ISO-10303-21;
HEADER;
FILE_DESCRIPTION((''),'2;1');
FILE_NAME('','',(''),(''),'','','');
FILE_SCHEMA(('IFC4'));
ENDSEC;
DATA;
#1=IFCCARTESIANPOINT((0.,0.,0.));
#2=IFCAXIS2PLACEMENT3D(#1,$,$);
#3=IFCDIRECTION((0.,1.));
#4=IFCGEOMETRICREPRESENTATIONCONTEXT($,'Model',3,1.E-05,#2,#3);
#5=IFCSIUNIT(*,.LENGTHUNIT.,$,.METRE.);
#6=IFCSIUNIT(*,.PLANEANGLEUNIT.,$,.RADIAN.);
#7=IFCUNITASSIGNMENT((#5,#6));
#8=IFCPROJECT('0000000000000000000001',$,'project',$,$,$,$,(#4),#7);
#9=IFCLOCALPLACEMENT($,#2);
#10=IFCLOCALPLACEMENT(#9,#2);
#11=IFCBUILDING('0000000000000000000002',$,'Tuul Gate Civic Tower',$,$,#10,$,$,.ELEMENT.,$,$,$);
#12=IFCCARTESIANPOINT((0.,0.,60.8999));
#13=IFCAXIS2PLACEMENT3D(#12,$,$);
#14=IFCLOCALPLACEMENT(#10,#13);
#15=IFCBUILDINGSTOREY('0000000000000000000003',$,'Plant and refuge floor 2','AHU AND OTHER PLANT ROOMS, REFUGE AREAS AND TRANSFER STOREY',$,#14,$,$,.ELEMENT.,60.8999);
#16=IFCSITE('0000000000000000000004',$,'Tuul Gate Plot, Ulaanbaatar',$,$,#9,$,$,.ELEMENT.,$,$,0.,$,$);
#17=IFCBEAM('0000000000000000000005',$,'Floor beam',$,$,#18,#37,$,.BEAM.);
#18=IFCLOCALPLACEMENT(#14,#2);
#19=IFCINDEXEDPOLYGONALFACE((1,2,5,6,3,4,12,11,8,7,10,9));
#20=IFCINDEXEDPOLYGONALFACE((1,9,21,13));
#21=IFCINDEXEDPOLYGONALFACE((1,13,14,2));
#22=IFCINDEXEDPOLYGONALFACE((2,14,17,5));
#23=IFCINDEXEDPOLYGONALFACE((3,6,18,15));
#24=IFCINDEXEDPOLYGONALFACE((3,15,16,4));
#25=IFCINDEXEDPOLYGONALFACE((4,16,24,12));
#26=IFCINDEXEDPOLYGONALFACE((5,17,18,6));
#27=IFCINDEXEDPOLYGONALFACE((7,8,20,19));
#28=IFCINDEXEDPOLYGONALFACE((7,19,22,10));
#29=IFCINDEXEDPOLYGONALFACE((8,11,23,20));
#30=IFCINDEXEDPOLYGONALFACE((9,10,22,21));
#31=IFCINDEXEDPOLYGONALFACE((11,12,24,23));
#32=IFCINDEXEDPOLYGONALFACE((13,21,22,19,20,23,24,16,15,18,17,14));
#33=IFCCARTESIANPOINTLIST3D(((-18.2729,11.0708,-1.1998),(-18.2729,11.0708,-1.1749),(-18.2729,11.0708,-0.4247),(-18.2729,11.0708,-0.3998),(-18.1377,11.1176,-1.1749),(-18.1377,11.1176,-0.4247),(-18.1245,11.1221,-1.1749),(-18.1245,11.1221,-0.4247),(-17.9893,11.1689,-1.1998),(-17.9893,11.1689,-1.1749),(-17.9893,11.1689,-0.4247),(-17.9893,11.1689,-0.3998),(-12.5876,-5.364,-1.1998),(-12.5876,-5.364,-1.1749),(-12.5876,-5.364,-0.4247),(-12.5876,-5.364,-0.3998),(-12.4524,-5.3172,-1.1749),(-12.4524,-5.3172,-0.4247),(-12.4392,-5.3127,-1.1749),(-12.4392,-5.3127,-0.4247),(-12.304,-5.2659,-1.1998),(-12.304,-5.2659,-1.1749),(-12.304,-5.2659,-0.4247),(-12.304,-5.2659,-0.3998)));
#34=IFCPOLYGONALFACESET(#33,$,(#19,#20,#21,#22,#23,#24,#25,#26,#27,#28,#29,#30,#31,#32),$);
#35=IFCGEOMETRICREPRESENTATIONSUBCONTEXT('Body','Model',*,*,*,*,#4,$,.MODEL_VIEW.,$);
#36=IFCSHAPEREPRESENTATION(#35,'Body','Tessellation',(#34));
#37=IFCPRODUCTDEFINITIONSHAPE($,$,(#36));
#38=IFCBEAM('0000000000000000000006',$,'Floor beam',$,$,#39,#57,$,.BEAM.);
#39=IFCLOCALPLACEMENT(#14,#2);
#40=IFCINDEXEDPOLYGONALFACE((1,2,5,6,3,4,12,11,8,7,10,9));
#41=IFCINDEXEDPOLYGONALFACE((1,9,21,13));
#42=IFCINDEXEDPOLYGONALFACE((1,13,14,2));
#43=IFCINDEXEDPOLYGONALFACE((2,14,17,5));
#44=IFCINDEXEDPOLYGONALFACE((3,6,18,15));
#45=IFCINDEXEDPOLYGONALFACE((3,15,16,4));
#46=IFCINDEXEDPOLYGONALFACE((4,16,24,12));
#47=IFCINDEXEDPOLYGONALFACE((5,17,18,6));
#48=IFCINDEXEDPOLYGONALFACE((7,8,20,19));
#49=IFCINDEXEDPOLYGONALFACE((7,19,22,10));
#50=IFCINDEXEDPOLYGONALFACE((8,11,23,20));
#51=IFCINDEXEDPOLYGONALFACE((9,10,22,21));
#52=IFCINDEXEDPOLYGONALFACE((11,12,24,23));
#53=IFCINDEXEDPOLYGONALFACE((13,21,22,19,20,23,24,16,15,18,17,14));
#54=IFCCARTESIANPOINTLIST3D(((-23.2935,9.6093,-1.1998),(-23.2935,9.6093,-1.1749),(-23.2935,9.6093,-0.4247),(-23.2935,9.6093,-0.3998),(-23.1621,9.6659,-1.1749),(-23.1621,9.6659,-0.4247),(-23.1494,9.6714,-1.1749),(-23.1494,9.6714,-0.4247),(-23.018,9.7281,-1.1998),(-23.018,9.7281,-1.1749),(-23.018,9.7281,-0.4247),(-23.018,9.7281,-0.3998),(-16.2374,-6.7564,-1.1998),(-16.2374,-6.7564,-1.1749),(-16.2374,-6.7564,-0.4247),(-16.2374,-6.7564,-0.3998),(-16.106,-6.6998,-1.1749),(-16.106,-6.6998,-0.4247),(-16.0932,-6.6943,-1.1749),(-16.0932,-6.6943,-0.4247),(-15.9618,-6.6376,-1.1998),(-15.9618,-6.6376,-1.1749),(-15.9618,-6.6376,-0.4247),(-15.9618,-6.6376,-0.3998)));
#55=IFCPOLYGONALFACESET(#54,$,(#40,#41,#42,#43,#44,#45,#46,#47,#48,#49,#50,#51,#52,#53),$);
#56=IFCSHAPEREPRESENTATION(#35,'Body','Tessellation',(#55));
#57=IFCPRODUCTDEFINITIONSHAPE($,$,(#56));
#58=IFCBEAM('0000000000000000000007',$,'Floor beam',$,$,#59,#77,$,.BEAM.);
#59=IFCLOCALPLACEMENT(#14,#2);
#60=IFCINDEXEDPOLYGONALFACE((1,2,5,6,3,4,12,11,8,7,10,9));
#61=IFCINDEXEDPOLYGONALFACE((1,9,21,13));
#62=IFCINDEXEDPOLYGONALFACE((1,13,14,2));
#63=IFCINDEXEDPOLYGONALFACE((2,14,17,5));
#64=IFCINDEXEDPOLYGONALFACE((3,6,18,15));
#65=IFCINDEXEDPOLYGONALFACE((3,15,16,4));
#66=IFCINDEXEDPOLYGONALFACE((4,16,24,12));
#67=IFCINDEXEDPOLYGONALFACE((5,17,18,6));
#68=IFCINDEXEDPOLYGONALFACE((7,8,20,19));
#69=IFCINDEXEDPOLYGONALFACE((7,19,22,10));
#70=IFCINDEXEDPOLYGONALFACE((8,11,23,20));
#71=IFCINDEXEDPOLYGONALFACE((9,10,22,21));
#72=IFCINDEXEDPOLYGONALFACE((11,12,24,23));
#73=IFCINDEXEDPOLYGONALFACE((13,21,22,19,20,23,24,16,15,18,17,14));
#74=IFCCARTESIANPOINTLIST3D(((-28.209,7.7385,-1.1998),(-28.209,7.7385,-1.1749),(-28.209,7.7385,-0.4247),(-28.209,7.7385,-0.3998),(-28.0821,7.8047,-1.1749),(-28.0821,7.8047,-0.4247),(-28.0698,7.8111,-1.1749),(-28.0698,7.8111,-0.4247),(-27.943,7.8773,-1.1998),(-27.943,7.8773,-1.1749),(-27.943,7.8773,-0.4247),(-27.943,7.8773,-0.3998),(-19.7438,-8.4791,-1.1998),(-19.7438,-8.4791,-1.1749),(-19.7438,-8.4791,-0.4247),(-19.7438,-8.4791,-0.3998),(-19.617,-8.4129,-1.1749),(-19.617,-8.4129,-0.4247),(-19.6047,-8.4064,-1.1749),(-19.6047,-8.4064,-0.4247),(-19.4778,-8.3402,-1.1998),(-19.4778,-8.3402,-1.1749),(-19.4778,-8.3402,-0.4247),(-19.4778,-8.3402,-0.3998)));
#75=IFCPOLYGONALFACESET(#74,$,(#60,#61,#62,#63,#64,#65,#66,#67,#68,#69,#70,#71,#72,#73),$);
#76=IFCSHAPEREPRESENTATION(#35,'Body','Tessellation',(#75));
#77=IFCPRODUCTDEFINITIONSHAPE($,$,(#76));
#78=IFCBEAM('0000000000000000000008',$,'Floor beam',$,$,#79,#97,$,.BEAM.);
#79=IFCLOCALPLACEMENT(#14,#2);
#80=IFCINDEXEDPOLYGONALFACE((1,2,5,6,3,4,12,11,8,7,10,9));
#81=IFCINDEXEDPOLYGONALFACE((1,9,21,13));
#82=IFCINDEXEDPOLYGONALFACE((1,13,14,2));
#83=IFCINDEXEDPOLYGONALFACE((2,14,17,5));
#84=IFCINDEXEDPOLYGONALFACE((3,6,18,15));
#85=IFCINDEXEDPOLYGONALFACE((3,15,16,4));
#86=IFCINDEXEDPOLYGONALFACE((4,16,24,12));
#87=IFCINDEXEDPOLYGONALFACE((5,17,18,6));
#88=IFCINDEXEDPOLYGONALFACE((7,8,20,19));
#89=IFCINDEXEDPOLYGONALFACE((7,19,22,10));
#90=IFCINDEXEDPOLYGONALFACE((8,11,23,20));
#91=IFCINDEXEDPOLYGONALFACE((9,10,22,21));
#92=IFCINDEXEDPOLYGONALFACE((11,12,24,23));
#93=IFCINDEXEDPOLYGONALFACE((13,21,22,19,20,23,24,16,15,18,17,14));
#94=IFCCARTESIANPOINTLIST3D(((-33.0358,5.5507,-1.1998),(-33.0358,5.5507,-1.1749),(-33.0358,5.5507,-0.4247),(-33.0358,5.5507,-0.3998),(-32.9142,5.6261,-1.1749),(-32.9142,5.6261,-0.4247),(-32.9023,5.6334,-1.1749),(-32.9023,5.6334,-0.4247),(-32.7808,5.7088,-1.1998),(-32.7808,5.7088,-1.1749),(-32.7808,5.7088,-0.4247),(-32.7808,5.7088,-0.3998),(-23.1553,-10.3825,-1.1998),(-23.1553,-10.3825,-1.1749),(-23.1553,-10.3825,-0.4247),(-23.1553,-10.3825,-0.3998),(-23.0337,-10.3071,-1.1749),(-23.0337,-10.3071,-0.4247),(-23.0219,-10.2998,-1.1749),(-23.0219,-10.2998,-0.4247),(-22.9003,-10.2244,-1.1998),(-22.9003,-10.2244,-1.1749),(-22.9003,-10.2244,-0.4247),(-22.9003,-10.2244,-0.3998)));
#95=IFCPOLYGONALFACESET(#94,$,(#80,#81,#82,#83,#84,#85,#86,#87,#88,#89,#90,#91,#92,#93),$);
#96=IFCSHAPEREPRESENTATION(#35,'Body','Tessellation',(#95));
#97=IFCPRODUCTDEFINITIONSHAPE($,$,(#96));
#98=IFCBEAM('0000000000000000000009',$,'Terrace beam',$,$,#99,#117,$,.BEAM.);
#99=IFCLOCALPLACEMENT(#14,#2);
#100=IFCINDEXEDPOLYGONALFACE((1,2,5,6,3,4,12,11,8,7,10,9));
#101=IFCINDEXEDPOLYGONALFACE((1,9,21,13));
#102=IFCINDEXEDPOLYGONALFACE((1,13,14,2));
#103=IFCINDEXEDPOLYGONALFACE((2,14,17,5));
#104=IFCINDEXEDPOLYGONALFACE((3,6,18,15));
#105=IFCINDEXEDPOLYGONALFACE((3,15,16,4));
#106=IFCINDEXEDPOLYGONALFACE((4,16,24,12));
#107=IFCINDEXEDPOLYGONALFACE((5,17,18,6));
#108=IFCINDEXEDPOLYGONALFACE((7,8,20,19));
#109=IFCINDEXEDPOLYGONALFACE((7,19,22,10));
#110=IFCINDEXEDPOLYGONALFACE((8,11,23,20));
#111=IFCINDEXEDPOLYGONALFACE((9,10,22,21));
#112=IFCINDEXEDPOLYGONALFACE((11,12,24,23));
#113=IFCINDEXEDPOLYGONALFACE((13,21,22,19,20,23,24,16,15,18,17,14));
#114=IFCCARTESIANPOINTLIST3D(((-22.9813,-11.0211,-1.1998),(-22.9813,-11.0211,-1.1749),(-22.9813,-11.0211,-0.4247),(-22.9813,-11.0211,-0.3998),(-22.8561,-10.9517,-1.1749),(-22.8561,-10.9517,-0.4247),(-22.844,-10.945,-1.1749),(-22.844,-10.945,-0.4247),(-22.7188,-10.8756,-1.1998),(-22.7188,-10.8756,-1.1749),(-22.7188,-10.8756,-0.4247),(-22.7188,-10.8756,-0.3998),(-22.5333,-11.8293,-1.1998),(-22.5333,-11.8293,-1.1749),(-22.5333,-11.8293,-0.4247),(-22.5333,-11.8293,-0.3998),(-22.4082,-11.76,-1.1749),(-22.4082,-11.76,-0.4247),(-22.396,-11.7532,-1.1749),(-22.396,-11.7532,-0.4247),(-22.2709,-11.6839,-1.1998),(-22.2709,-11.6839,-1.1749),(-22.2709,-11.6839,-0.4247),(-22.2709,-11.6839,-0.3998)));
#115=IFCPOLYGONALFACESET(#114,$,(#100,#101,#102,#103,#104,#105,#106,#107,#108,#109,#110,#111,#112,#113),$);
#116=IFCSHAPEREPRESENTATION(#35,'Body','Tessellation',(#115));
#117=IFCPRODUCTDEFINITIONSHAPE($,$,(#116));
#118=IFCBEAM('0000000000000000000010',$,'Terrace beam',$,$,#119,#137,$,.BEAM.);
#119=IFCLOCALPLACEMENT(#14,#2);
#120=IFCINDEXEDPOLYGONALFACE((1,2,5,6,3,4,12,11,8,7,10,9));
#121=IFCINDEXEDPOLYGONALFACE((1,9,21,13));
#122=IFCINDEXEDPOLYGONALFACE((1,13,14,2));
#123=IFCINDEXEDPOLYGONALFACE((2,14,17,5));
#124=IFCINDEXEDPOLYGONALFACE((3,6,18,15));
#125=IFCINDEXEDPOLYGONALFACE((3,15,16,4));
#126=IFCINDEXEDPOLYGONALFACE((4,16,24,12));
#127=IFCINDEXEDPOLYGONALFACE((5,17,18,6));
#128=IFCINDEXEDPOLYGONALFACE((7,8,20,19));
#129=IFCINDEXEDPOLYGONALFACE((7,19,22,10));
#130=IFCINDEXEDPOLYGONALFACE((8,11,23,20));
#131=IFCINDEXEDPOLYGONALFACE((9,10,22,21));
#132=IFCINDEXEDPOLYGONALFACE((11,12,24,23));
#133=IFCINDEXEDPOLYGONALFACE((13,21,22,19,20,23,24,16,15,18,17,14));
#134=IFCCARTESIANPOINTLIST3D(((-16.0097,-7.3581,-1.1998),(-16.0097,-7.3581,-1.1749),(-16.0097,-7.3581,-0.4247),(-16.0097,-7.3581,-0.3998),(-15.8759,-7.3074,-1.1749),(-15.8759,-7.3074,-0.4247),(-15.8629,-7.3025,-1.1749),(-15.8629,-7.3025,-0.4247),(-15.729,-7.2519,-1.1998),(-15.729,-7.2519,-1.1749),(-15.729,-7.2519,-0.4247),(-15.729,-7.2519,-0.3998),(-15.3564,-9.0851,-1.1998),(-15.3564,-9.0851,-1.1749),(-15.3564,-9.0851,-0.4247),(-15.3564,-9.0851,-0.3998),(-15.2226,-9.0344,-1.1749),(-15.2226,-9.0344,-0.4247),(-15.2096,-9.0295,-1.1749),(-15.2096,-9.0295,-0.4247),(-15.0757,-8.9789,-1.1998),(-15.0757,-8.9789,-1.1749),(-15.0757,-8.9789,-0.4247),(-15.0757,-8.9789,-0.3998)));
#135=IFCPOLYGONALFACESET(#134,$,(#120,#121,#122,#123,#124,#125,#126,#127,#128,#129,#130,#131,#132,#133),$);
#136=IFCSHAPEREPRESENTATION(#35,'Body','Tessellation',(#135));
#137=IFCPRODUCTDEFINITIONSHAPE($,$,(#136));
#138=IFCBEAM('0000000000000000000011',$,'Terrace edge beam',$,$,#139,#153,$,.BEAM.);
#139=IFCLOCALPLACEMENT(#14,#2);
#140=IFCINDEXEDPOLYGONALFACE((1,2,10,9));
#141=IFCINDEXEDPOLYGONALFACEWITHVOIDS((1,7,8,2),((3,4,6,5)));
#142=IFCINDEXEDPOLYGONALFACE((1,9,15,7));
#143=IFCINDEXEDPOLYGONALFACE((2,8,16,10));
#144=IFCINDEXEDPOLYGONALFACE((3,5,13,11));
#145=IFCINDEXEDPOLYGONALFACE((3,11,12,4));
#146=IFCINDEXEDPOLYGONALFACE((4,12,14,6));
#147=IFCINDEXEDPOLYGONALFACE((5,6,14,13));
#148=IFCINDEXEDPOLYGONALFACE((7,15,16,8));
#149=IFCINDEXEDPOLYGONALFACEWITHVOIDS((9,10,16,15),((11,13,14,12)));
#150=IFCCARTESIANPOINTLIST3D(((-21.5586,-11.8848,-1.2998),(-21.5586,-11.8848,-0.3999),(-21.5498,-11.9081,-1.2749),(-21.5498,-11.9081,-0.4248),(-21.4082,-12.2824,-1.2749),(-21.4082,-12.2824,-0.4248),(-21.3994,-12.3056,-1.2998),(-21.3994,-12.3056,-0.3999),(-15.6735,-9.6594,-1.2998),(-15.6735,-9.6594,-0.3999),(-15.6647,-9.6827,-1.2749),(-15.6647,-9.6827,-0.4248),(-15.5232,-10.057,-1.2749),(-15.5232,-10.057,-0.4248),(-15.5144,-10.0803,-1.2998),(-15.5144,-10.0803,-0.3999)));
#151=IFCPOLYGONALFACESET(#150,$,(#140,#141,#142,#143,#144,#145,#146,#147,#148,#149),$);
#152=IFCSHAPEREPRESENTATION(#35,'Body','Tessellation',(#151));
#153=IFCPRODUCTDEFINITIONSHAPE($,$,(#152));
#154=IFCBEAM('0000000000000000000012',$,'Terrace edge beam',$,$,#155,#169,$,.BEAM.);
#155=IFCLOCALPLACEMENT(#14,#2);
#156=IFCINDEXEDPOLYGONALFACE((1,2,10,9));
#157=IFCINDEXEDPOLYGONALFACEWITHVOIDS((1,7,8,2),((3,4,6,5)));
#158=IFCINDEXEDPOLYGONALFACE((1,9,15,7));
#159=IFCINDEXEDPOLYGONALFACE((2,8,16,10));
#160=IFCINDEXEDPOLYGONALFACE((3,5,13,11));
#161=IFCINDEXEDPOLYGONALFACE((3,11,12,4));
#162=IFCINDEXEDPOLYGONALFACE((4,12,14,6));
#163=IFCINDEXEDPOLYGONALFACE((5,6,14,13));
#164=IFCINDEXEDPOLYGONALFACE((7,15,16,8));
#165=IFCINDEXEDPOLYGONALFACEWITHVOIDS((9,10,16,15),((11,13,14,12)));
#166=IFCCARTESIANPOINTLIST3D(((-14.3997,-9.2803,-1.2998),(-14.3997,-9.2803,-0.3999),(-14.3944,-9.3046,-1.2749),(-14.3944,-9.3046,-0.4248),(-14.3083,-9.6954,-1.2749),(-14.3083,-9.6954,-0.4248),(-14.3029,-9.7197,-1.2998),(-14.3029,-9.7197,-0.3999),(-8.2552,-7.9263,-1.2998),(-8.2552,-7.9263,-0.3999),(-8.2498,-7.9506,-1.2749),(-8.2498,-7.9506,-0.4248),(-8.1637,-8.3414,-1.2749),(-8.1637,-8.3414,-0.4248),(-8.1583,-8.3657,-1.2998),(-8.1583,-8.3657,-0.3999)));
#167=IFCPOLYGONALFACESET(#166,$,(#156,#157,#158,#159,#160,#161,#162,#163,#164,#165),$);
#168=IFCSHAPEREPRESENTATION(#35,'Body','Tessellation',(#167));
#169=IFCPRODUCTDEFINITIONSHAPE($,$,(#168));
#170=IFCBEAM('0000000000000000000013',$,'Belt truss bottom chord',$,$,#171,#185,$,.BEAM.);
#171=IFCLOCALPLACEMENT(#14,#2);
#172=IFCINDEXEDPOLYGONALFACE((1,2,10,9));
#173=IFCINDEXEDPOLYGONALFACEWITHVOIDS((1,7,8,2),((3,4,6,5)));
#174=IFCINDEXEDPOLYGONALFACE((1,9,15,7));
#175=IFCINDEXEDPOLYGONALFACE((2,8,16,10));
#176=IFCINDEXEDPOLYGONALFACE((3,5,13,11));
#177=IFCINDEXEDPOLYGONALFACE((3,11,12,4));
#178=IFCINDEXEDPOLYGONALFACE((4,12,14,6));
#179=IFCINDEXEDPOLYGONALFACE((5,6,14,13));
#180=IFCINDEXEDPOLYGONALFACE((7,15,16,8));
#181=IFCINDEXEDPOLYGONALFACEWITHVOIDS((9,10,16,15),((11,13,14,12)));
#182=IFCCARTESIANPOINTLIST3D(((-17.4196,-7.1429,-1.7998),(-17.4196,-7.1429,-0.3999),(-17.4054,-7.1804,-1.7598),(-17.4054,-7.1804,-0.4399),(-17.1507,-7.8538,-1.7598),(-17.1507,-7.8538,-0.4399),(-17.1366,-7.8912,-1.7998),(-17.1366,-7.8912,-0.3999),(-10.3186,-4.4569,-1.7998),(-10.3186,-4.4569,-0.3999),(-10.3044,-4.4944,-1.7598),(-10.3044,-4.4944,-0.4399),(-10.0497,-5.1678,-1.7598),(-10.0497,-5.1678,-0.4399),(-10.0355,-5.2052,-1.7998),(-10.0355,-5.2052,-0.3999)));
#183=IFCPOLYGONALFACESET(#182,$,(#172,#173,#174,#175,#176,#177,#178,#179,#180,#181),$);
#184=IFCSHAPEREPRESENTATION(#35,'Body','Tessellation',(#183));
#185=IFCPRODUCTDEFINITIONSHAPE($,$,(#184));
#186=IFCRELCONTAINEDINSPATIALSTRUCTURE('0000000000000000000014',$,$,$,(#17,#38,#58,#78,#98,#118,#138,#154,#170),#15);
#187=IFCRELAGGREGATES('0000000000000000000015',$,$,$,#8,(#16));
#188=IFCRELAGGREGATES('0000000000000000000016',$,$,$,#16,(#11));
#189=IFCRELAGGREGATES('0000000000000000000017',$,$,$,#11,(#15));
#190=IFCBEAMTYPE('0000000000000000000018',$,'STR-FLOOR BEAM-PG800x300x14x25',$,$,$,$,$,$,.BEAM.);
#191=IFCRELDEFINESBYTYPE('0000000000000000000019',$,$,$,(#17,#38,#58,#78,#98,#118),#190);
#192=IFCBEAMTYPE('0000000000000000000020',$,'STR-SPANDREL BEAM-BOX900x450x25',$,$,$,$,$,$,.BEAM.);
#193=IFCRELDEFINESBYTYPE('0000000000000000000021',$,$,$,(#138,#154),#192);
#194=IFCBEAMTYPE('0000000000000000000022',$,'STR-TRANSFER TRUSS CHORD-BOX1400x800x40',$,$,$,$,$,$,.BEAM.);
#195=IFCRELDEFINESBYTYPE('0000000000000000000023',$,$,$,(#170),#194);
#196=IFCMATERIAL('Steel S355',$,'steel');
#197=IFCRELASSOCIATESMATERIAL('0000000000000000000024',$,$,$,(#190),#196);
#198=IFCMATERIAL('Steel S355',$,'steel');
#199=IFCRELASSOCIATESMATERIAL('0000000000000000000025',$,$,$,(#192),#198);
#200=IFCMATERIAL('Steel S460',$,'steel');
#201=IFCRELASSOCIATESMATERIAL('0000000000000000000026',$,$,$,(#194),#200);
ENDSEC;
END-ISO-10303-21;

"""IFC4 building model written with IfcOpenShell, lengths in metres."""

from ifc_helpers import new_model, si_unit, direction, frame, origin, origin_2d, place, context, subcontext, project, spatial, hollow_rectangle, i_section, extrude, material, material_profile, profile_set, type_object, element, save


model = new_model("IFC4")

# Units and contexts
model_context = context("Model", 3, precision=1e-05, world=origin(), true_north=direction((0.0, 1.0)))
body_context = subcontext(model_context, "Body", "Model", "MODEL_VIEW")
ifc_project = project(units=[si_unit("LENGTHUNIT", "METRE"), si_unit("PLANEANGLEUNIT", "RADIAN")], contexts=[model_context])

# Site, building, storey
site_placement = place(None, origin())
site = spatial("IfcSite", under=ifc_project, at=site_placement, Name="Tuul Gate Plot, Ulaanbaatar", CompositionType="ELEMENT", RefElevation=0.0)
building_placement = place(site_placement, origin())
building = spatial("IfcBuilding", under=site, at=building_placement, Name="Tuul Gate Civic Tower", CompositionType="ELEMENT")
storey_placement = place(building_placement, frame((0.0, 0.0, 60.8999)))
storey = spatial("IfcBuildingStorey", under=building, at=storey_placement, Name="Plant and refuge floor 2", Description="AHU AND OTHER PLANT ROOMS, REFUGE AREAS AND TRANSFER STOREY", CompositionType="ELEMENT", Elevation=60.8999)

# Beams
ifc_material_1 = material(Name="Steel S355", Category="steel")
ifc_material_profile_1 = material_profile(ifc_material_1, i_section(OverallWidth=0.3, OverallDepth=0.8, WebThickness=0.0139, FlangeThickness=0.0249, at=origin_2d()), Name="PG800x300x14x25")
ifc_profile_set_1 = profile_set([ifc_material_profile_1], Name="Steel S355")
beam_type_1 = type_object("IfcBeamType", Name="STR-FLOOR BEAM-PG800x300x14x25", PredefinedType="BEAM", material=ifc_profile_set_1)
beam_1_placement = place(storey_placement, frame((-12.4458, -5.3149, -0.7998), z_axis=(-0.326922, 0.945051, 0.0), x_axis=(-0.945051, -0.326922, 0.0)))
element("IfcBeam", 1, at=beam_1_placement, inside=storey, type_object=beam_type_1, Name="Floor beam", PredefinedType="BEAM", context=body_context, shape_type="SweptSolid", body=[
    extrude(i_section(OverallWidth=0.3, OverallDepth=0.8, WebThickness=0.0139, FlangeThickness=0.0249, at=origin_2d()), origin(), (0.0, 0.0, 1.0), 17.3904),
])
beam_2_placement = place(storey_placement, frame((-16.0996, -6.697, -0.7998), z_axis=(-0.395922, 0.918284, 0.0), x_axis=(-0.918284, -0.395922, 0.0)))
element("IfcBeam", 2, at=beam_2_placement, inside=storey, type_object=beam_type_1, Name="Floor beam", PredefinedType="BEAM", context=body_context, shape_type="SweptSolid", body=[
    extrude(i_section(OverallWidth=0.3, OverallDepth=0.8, WebThickness=0.0139, FlangeThickness=0.0249, at=origin_2d()), origin(), (0.0, 0.0, 1.0), 17.822),
])
beam_3_placement = place(storey_placement, frame((-19.6108, -8.4097, -0.7998), z_axis=(-0.462728, 0.8865, 0.0), x_axis=(-0.8865, -0.462728, 0.0)))
element("IfcBeam", 3, at=beam_3_placement, inside=storey, type_object=beam_type_1, Name="Floor beam", PredefinedType="BEAM", context=body_context, shape_type="SweptSolid", body=[
    extrude(i_section(OverallWidth=0.3, OverallDepth=0.8, WebThickness=0.0139, FlangeThickness=0.0249, at=origin_2d()), origin(), (0.0, 0.0, 1.0), 18.2939),
])
beam_4_placement = place(storey_placement, frame((-23.0278, -10.3035, -0.7998), z_axis=(-0.527011, 0.849859, 0.0), x_axis=(-0.849859, -0.527011, 0.0)))
element("IfcBeam", 4, at=beam_4_placement, inside=storey, type_object=beam_type_1, Name="Floor beam", PredefinedType="BEAM", context=body_context, shape_type="SweptSolid", body=[
    extrude(i_section(OverallWidth=0.3, OverallDepth=0.8, WebThickness=0.0139, FlangeThickness=0.0249, at=origin_2d()), origin(), (0.0, 0.0, 1.0), 18.748),
])
beam_5_placement = place(storey_placement, frame((-22.4021, -11.7566, -0.7998), z_axis=(-0.484746, 0.874655, 0.0), x_axis=(-0.874655, -0.484746, 0.0)))
element("IfcBeam", 5, at=beam_5_placement, inside=storey, type_object=beam_type_1, Name="Terrace beam", PredefinedType="BEAM", context=body_context, shape_type="SweptSolid", body=[
    extrude(i_section(OverallWidth=0.3, OverallDepth=0.8, WebThickness=0.0139, FlangeThickness=0.0249, at=origin_2d()), origin(), (0.0, 0.0, 1.0), 0.9241),
])
beam_6_placement = place(storey_placement, frame((-15.2161, -9.032, -0.7998), z_axis=(-0.353817, 0.935315, 0.0), x_axis=(-0.935315, -0.353817, 0.0)))
element("IfcBeam", 6, at=beam_6_placement, inside=storey, type_object=beam_type_1, Name="Terrace beam", PredefinedType="BEAM", context=body_context, shape_type="SweptSolid", body=[
    extrude(i_section(OverallWidth=0.3, OverallDepth=0.8, WebThickness=0.0139, FlangeThickness=0.0249, at=origin_2d()), origin(), (0.0, 0.0, 1.0), 1.8464),
])
ifc_material_2 = material(Name="Steel S355", Category="steel")
ifc_material_profile_2 = material_profile(ifc_material_2, hollow_rectangle(XDim=0.45, YDim=0.8999, WallThickness=0.0249, at=origin_2d()), Name="BOX900x450x25")
ifc_profile_set_2 = profile_set([ifc_material_profile_2], Name="Steel S355")
beam_type_2 = type_object("IfcBeamType", Name="STR-SPANDREL BEAM-BOX900x450x25", PredefinedType="BEAM", material=ifc_profile_set_2)
beam_7_placement = place(storey_placement, frame((-21.479, -12.0952, -0.8499), z_axis=(0.935361, 0.353695, 0.0), x_axis=(-0.353695, 0.935361, 0.0)))
element("IfcBeam", 7, at=beam_7_placement, inside=storey, type_object=beam_type_2, Name="Terrace edge beam", PredefinedType="BEAM", context=body_context, shape_type="SweptSolid", body=[
    extrude(hollow_rectangle(XDim=0.45, YDim=0.8999, WallThickness=0.0249, at=origin_2d()), origin(), (0.0, 0.0, 1.0), 6.2917),
])
beam_8_placement = place(storey_placement, frame((-14.3513, -9.5, -0.8499), z_axis=(0.976571, 0.215196, 0.0), x_axis=(-0.215196, 0.976571, 0.0)))
element("IfcBeam", 8, at=beam_8_placement, inside=storey, type_object=beam_type_2, Name="Terrace edge beam", PredefinedType="BEAM", context=body_context, shape_type="SweptSolid", body=[
    extrude(hollow_rectangle(XDim=0.45, YDim=0.8999, WallThickness=0.0249, at=origin_2d()), origin(), (0.0, 0.0, 1.0), 6.292),
])
ifc_material_3 = material(Name="Steel S460", Category="steel")
ifc_material_profile_3 = material_profile(ifc_material_3, hollow_rectangle(XDim=0.8, YDim=1.3999, WallThickness=0.04, at=origin_2d()), Name="BOX1400x800x40")
ifc_profile_set_3 = profile_set([ifc_material_profile_3], Name="Steel S460")
beam_type_3 = type_object("IfcBeamType", Name="STR-TRANSFER TRUSS CHORD-BOX1400x800x40", PredefinedType="BEAM", material=ifc_profile_set_3)
for number, where, z_axis, x_axis, name in (
    (9, (-17.2781, -7.5171, -1.0999), (0.935324, 0.353793, 0.0), (-0.353793, 0.935324, 0.0), "Belt truss bottom chord"),
):
    element("IfcBeam", number, at=place(storey_placement, frame(where, z_axis=z_axis, x_axis=x_axis)), inside=storey, type_object=beam_type_3, Name=name, PredefinedType="BEAM", context=body_context, shape_type="SweptSolid", body=[
        extrude(hollow_rectangle(XDim=0.8, YDim=1.3999, WallThickness=0.04, at=origin_2d()), origin(), (0.0, 0.0, 1.0), 7.592),
    ])

save(model, "model.ifc")
